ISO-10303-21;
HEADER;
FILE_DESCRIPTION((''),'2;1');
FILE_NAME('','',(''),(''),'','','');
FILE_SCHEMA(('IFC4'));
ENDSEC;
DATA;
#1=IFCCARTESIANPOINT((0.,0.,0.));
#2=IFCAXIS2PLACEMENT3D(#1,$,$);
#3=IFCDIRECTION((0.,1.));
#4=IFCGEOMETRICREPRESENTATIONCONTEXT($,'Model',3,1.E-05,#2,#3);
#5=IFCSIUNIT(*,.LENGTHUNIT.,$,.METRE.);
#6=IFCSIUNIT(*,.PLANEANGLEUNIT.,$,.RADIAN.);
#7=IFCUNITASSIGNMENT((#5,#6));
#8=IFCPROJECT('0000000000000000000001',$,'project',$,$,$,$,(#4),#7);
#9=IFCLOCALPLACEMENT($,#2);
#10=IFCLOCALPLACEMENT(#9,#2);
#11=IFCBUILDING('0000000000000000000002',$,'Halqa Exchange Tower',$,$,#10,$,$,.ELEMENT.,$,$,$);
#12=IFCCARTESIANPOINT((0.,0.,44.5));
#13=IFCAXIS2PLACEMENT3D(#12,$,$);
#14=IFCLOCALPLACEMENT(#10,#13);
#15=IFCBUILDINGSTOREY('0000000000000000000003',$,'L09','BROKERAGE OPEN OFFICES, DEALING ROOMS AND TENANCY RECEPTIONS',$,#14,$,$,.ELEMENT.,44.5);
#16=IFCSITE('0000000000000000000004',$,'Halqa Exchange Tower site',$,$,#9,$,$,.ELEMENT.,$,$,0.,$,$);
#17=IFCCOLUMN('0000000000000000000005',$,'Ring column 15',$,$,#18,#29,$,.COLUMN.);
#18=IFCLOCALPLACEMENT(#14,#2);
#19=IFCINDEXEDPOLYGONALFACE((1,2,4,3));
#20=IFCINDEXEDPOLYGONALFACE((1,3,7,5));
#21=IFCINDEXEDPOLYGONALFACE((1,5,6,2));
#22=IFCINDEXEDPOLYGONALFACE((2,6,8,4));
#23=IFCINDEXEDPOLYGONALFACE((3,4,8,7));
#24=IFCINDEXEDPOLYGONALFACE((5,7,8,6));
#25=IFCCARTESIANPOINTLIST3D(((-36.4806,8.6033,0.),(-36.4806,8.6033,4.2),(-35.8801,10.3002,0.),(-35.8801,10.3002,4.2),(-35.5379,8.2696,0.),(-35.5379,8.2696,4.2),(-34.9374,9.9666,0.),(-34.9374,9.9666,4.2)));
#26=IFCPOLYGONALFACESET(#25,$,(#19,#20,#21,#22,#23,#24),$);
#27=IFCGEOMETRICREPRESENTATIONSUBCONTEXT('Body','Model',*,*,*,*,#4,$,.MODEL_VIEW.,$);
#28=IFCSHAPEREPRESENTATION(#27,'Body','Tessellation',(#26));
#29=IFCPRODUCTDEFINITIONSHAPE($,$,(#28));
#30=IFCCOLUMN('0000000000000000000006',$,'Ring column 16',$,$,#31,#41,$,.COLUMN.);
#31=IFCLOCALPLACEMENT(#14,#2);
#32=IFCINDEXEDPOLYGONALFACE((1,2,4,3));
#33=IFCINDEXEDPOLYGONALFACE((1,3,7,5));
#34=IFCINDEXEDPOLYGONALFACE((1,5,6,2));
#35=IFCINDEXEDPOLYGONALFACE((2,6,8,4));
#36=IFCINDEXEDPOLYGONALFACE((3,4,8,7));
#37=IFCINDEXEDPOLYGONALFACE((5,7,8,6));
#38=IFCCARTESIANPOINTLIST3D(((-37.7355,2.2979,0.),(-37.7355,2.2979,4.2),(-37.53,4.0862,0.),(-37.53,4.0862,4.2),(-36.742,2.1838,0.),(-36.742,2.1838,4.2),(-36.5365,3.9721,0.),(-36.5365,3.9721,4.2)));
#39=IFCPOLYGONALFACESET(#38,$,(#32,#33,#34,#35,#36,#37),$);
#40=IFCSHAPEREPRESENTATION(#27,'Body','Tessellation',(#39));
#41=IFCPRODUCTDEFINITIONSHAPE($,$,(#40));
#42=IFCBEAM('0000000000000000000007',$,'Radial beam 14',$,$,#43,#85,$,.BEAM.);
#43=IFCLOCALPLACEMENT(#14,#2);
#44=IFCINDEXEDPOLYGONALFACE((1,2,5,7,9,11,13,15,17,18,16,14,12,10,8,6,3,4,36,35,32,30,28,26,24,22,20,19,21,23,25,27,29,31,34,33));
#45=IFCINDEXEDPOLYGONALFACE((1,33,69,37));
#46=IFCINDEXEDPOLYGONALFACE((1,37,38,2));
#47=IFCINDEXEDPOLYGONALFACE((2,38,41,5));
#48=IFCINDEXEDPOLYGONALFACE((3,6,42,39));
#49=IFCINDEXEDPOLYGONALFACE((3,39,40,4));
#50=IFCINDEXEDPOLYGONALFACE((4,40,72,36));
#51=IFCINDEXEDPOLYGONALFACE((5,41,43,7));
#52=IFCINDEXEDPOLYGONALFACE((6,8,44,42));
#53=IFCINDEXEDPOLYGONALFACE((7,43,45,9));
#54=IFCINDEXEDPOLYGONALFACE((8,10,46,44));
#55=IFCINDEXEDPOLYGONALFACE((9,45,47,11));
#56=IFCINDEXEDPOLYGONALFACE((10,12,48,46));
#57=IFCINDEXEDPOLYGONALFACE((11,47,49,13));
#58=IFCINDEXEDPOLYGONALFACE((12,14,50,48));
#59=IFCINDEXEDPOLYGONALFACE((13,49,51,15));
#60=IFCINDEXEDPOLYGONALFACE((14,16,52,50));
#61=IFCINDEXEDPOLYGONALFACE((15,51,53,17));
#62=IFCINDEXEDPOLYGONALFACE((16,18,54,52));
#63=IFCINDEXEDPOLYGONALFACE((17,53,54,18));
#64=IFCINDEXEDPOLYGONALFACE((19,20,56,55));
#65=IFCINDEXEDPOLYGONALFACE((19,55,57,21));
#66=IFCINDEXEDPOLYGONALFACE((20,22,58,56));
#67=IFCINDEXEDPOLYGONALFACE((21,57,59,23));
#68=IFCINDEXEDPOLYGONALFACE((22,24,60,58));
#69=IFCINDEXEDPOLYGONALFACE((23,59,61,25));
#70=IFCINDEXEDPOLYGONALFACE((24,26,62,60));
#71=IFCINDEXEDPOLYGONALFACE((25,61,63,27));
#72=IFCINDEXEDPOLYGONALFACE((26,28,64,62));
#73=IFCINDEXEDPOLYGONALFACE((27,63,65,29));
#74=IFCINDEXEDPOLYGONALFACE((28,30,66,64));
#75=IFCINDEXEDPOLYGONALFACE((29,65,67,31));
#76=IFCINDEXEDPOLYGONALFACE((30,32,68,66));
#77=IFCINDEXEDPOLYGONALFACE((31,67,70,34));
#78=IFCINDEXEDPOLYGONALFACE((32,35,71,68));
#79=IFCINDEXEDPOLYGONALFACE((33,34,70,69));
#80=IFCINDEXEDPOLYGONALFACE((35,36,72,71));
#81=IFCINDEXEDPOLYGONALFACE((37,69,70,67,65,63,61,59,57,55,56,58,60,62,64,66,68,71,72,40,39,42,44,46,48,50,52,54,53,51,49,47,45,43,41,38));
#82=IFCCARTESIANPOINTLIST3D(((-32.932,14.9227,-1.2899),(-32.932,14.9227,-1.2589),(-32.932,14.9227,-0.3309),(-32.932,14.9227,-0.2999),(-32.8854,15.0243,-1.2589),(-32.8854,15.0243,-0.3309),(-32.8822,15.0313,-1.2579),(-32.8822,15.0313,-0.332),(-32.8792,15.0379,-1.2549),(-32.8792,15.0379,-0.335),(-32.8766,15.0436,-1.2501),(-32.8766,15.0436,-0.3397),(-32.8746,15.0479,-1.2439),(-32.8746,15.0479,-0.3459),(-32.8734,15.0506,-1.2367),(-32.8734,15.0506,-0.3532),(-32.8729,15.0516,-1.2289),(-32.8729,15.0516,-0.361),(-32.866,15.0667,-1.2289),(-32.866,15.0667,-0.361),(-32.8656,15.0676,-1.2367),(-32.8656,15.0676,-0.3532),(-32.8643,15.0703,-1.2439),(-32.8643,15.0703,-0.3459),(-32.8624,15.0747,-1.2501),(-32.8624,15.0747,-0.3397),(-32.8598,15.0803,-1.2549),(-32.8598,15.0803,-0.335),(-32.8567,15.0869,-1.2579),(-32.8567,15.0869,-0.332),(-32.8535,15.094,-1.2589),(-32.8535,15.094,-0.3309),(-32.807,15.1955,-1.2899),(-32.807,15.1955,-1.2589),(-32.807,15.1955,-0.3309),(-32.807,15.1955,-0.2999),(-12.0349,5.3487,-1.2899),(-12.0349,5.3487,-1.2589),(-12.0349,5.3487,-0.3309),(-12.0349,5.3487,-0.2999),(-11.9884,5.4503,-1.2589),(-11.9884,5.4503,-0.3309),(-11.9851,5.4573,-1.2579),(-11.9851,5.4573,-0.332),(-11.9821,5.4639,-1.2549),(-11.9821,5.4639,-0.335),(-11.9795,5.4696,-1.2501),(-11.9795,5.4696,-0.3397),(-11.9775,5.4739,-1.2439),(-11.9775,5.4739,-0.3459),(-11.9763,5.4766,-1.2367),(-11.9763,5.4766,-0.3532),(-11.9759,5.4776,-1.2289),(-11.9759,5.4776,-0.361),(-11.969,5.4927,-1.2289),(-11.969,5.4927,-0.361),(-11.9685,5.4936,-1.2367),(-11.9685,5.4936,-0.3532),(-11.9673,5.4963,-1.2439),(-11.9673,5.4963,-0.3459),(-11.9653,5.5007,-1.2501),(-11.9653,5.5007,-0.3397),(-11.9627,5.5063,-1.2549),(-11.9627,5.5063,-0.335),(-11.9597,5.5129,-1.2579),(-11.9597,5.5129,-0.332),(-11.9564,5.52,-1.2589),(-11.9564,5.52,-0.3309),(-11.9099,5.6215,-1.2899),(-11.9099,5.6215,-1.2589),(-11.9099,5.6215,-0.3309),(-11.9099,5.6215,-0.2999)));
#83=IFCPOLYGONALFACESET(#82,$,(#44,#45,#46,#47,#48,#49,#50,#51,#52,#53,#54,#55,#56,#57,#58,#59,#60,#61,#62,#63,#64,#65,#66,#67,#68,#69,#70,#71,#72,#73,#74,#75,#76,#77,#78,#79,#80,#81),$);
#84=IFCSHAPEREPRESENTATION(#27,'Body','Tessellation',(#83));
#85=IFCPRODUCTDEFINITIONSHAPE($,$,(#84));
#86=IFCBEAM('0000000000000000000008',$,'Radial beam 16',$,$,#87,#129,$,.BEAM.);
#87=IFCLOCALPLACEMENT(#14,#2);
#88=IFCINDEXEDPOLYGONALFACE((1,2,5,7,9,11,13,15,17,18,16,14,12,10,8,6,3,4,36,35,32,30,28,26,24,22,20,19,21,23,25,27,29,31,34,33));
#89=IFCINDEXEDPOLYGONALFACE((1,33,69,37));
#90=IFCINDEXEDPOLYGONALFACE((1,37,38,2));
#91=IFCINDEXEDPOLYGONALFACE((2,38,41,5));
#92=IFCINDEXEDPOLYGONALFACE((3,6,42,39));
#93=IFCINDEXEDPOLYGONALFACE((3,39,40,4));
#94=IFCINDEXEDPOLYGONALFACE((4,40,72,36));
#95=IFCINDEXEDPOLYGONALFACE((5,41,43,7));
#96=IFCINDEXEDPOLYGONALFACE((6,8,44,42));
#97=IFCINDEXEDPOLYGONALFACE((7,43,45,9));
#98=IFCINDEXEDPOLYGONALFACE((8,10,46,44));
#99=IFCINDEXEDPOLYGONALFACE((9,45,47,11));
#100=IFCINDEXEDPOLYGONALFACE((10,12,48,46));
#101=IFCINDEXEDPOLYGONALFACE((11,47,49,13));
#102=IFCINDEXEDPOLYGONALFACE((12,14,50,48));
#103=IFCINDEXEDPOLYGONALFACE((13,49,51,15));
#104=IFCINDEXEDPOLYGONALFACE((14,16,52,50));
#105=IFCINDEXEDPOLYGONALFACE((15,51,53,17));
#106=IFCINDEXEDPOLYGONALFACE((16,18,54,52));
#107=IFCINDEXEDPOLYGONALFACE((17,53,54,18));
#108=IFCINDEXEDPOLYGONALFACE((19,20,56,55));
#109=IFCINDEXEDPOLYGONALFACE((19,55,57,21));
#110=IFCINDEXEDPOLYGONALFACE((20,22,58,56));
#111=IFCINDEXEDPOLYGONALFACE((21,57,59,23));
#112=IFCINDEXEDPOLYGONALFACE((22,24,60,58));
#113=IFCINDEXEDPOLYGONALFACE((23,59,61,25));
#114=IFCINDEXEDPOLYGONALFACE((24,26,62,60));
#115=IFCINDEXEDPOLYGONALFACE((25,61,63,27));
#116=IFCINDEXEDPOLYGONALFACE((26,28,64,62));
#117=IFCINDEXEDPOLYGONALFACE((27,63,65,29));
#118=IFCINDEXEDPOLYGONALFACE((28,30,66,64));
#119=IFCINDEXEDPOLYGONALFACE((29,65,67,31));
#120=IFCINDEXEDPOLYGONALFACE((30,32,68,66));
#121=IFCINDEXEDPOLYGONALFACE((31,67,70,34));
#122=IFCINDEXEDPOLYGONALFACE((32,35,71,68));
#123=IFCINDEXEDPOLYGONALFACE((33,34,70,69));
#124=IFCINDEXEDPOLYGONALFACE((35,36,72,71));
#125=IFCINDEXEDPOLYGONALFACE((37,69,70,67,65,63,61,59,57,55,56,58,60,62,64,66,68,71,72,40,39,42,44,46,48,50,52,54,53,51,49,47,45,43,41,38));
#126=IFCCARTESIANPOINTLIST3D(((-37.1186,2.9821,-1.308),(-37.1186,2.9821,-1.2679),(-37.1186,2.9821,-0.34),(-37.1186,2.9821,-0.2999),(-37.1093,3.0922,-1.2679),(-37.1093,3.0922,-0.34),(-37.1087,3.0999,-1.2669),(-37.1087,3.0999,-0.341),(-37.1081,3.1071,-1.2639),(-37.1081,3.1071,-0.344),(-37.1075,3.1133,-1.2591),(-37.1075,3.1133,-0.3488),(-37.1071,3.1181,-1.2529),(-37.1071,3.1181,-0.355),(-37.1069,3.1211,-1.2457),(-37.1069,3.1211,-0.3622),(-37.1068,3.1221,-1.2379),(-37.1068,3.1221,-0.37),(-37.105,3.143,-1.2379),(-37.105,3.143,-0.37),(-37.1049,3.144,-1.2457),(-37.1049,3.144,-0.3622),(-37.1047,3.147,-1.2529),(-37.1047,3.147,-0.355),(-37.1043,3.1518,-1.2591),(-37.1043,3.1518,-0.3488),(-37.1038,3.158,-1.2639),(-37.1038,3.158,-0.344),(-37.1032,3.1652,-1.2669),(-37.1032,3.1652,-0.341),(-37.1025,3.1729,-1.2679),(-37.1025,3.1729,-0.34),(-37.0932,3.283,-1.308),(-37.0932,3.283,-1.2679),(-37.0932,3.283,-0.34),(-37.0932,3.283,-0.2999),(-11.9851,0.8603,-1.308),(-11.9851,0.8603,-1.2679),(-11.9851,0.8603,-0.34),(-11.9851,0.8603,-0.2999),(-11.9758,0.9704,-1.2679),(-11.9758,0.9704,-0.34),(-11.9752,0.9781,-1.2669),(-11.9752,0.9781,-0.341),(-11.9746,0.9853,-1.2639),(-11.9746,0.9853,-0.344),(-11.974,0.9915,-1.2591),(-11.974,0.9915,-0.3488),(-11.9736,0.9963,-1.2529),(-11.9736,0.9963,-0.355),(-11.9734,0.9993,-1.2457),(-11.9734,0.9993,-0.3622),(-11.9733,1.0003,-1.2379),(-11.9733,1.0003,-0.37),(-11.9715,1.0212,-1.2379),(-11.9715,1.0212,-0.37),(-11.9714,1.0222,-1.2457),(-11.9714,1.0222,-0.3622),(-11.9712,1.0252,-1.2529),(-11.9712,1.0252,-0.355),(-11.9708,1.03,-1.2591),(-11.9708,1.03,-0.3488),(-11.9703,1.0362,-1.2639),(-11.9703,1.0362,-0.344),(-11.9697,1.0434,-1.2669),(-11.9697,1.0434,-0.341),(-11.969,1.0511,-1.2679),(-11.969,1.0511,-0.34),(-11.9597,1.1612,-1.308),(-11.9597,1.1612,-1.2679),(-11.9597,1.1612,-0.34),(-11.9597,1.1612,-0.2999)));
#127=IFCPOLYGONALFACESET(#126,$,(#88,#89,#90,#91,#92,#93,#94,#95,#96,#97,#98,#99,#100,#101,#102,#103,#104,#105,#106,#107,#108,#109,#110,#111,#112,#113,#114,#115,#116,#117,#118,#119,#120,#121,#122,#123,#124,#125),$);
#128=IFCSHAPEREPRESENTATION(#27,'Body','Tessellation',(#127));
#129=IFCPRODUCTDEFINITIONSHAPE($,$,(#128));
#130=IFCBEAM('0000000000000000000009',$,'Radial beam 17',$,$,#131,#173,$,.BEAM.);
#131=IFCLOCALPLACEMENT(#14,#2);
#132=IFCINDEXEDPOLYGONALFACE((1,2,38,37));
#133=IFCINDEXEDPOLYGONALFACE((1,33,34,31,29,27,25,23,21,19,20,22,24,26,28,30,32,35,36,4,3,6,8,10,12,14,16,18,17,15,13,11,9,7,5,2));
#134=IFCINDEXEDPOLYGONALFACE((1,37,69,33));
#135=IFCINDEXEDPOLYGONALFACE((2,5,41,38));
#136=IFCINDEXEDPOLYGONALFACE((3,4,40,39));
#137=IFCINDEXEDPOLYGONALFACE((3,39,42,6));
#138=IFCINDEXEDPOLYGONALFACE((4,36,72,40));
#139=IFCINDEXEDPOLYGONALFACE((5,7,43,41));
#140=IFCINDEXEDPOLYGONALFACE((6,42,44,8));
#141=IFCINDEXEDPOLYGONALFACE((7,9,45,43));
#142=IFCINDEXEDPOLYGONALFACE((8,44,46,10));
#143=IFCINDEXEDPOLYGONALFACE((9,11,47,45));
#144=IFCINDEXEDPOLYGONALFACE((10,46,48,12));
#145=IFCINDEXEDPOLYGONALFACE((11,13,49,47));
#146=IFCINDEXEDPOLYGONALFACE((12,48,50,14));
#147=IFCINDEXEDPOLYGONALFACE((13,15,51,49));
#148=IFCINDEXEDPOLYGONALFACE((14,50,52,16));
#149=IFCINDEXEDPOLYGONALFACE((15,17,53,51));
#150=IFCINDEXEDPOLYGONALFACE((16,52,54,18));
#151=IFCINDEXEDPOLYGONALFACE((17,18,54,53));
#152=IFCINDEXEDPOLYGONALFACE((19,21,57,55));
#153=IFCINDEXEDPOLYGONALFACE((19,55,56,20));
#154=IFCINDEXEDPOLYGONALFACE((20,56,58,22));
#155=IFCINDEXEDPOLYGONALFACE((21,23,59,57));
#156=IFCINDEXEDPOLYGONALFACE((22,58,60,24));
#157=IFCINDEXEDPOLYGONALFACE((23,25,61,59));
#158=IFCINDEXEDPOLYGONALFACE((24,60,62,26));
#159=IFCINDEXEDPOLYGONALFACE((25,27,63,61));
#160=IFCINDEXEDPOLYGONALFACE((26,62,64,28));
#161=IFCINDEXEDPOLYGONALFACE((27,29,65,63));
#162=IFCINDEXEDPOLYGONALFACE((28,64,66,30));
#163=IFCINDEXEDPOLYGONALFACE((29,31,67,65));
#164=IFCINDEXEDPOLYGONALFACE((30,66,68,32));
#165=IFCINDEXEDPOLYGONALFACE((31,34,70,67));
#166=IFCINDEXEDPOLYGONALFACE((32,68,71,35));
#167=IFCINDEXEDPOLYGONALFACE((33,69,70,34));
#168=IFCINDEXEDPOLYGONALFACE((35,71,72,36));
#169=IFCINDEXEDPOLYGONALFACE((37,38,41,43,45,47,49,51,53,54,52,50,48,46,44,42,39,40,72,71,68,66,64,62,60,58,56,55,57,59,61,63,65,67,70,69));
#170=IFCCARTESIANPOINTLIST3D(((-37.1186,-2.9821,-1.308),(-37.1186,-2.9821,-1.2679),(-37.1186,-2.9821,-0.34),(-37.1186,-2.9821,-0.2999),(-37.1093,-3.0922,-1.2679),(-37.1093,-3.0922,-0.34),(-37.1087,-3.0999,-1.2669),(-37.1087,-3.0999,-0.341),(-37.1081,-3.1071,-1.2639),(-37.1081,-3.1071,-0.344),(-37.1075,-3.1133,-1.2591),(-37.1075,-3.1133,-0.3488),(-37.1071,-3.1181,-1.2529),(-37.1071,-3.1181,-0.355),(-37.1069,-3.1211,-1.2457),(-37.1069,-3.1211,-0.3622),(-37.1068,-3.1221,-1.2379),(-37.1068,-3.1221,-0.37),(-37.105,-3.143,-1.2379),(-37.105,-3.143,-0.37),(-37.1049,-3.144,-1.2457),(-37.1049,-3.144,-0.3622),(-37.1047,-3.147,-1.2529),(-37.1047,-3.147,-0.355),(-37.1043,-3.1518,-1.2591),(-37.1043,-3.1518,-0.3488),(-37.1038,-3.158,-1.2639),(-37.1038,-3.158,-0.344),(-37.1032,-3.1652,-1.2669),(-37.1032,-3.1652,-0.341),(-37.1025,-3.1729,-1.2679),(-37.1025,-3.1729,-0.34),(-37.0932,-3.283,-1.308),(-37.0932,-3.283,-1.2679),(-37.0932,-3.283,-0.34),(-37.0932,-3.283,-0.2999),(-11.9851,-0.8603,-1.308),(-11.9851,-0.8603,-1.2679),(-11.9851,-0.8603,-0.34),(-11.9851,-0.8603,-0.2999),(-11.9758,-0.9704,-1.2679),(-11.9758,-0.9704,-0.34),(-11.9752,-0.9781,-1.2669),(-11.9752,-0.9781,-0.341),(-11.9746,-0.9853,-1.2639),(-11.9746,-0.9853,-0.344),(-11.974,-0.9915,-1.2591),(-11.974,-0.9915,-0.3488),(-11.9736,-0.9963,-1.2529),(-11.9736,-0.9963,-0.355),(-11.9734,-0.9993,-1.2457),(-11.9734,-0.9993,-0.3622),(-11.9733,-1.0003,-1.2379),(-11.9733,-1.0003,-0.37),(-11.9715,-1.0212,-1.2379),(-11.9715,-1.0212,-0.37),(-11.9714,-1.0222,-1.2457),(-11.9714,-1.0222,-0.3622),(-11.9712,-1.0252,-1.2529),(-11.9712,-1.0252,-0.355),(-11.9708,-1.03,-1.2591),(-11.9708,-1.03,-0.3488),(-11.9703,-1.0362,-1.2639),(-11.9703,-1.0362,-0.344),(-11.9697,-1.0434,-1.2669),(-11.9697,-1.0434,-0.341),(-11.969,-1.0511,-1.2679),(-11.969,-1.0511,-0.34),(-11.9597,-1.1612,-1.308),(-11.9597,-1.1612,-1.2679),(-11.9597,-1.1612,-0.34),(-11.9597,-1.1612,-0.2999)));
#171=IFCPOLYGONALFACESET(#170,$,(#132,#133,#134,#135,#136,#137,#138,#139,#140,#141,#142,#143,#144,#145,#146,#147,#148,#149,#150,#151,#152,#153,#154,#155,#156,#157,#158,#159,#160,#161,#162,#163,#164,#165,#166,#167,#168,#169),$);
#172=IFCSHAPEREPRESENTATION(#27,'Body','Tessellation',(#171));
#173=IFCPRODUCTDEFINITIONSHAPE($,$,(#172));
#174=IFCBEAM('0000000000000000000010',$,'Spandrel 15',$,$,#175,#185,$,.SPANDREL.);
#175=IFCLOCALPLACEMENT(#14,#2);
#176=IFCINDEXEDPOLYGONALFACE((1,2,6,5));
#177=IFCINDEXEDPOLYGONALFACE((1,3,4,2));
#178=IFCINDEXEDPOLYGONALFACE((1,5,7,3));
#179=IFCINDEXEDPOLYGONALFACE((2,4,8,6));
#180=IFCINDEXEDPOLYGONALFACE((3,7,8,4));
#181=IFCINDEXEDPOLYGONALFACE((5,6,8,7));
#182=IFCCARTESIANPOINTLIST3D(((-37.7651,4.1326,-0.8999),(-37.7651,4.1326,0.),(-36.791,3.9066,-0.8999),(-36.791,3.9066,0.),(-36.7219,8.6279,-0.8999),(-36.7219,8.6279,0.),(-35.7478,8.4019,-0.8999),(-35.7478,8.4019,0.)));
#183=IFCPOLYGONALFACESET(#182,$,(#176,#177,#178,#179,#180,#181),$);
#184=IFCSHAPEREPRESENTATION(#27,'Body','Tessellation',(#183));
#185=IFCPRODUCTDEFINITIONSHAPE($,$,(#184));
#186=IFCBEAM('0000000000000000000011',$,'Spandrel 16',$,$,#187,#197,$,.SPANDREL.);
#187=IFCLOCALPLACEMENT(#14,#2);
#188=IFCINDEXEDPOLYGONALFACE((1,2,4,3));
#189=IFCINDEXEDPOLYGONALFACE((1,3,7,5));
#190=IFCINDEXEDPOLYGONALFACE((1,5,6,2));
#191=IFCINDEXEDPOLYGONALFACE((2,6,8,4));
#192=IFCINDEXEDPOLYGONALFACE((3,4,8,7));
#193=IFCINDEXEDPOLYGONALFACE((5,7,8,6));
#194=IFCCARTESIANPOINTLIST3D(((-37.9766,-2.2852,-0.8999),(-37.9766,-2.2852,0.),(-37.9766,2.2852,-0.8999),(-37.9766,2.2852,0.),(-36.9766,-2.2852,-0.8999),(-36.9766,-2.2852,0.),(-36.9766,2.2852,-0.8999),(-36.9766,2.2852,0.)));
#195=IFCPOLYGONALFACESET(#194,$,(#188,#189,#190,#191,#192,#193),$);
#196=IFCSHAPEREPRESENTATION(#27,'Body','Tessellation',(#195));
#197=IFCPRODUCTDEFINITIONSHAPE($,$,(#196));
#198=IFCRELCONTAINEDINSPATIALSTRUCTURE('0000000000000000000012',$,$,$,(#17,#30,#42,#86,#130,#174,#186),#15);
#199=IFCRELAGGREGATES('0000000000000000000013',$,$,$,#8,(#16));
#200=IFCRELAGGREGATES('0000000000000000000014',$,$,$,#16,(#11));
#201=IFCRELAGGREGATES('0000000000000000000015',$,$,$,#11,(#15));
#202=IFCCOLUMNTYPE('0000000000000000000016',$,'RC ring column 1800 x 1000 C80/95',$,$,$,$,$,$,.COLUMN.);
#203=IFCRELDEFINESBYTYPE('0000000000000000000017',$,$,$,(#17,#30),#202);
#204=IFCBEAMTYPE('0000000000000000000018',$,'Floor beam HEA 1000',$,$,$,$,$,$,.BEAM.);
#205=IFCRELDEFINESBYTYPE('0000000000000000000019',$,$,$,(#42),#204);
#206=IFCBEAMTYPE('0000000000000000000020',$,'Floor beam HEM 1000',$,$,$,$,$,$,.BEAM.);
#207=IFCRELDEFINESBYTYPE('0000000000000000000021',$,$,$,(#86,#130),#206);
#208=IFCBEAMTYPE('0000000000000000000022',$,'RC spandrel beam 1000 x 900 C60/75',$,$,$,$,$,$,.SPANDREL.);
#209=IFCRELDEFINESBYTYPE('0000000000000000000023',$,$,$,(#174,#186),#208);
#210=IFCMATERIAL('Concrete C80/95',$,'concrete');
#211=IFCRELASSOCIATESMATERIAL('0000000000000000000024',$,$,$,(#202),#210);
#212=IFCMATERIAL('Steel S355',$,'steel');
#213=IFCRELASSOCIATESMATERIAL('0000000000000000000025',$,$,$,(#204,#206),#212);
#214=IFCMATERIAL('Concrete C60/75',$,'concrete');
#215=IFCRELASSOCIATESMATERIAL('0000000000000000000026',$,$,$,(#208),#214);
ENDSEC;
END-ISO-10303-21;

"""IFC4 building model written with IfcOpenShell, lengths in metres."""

from ifc_helpers import new_model, si_unit, direction, frame, origin, origin_2d, place, context, subcontext, project, spatial, rectangle, i_section, extrude, material, material_profile, profile_set, type_object, element, save


model = new_model("IFC4")

# Units and contexts
model_context = context("Model", 3, precision=1e-05, world=origin(), true_north=direction((0.0, 1.0)))
body_context = subcontext(model_context, "Body", "Model", "MODEL_VIEW")
ifc_project = project(units=[si_unit("LENGTHUNIT", "METRE"), si_unit("PLANEANGLEUNIT", "RADIAN")], contexts=[model_context])

# Site, building, storey
site_placement = place(None, origin())
site = spatial("IfcSite", under=ifc_project, at=site_placement, Name="Halqa Exchange Tower site", CompositionType="ELEMENT", RefElevation=0.0)
building_placement = place(site_placement, origin())
building = spatial("IfcBuilding", under=site, at=building_placement, Name="Halqa Exchange Tower", CompositionType="ELEMENT")
storey_placement = place(building_placement, frame((0.0, 0.0, 44.5)))
storey = spatial("IfcBuildingStorey", under=building, at=storey_placement, Name="L09", Description="BROKERAGE OPEN OFFICES, DEALING ROOMS AND TENANCY RECEPTIONS", CompositionType="ELEMENT", Elevation=44.5)

# Columns
ifc_material_1 = material(Name="Concrete C80/95", Category="concrete")
ifc_material_profile_1 = material_profile(ifc_material_1, rectangle(XDim=1.8, YDim=1.0, at=origin_2d()), Name="1800 x 1000")
ifc_profile_set_1 = profile_set([ifc_material_profile_1], Name="Concrete C80/95")
column_type = type_object("IfcColumnType", Name="RC ring column 1800 x 1000 C80/95", PredefinedType="COLUMN", material=ifc_profile_set_1)
for number, where, z_axis, x_axis, name in (
    (1, (-35.709, 9.2849, 0.0), (0.0, 0.0, 1.0), (-0.333628, -0.942705, 0.0), "Ring column 15"),
    (2, (-37.136, 3.135, 0.0), (0.0, 0.0, 1.0), (-0.114153, -0.993463, 0.0), "Ring column 16"),
):
    element("IfcColumn", number, at=place(storey_placement, frame(where, z_axis=z_axis, x_axis=x_axis)), inside=storey, type_object=column_type, Name=name, PredefinedType="COLUMN", context=body_context, shape_type="SweptSolid", body=[
        extrude(rectangle(XDim=1.8, YDim=1.0, at=origin_2d()), origin(), (0.0, 0.0, 1.0), 4.2),
    ])

# Beams
ifc_material_2 = material(Name="Steel S355", Category="steel")
ifc_material_profile_2 = material_profile(ifc_material_2, i_section(OverallWidth=0.3, OverallDepth=0.99, WebThickness=0.0166, FlangeThickness=0.031, FilletRadius=0.03, at=origin_2d()), Name="HEA 1000")
ifc_profile_set_2 = profile_set([ifc_material_profile_2], Name="Steel S355")
beam_type_1 = type_object("IfcBeamType", Name="Floor beam HEA 1000", PredefinedType="BEAM", material=ifc_profile_set_2)
beam_1_placement = place(storey_placement, frame((-11.9724, 5.4851, -0.7949), z_axis=(-0.909128, 0.416518, 0.0), x_axis=(-0.416518, -0.909128, 0.0)))
element("IfcBeam", 3, at=beam_1_placement, inside=storey, type_object=beam_type_1, Name="Radial beam 14", PredefinedType="BEAM", context=body_context, shape_type="SweptSolid", body=[
    extrude(i_section(OverallWidth=0.3, OverallDepth=0.99, WebThickness=0.0166, FlangeThickness=0.031, FilletRadius=0.03, at=origin_2d()), origin(), (0.0, 0.0, 1.0), 22.9858),
])
ifc_material_profile_3 = material_profile(ifc_material_2, i_section(OverallWidth=0.302, OverallDepth=1.0081, WebThickness=0.021, FlangeThickness=0.04, FilletRadius=0.03, at=origin_2d()), Name="HEM 1000")
ifc_profile_set_3 = profile_set([ifc_material_profile_3], Name="Steel S355")
beam_type_2 = type_object("IfcBeamType", Name="Floor beam HEM 1000", PredefinedType="BEAM", material=ifc_profile_set_3)
for number, where, z_axis, x_axis, name in (
    (4, (-11.9724, 1.0107, -0.804), (-0.996455, 0.084123, 0.0), (-0.084123, -0.996455, 0.0), "Radial beam 16"),
    (5, (-11.9724, -1.0107, -0.804), (-0.996455, -0.084123, 0.0), (0.084123, -0.996455, 0.0), "Radial beam 17"),
):
    element("IfcBeam", number, at=place(storey_placement, frame(where, z_axis=z_axis, x_axis=x_axis)), inside=storey, type_object=beam_type_2, Name=name, PredefinedType="BEAM", context=body_context, shape_type="SweptSolid", body=[
        extrude(i_section(OverallWidth=0.302, OverallDepth=1.0081, WebThickness=0.021, FlangeThickness=0.04, FilletRadius=0.03, at=origin_2d()), origin(), (0.0, 0.0, 1.0), 25.2229),
    ])
ifc_material_3 = material(Name="Concrete C60/75", Category="concrete")
ifc_material_profile_4 = material_profile(ifc_material_3, rectangle(XDim=1.0, YDim=0.8999, at=origin_2d()), Name="1000 x 900")
ifc_profile_set_4 = profile_set([ifc_material_profile_4], Name="Concrete C60/75")
beam_type_3 = type_object("IfcBeamType", Name="RC spandrel beam 1000 x 900 C60/75", PredefinedType="SPANDREL", material=ifc_profile_set_4)
beam_2_placement = place(storey_placement, frame((-36.2349, 8.5149, -0.45), z_axis=(-0.226057, -0.974114, 0.0), x_axis=(0.974114, -0.226057, 0.0)))
element("IfcBeam", 6, at=beam_2_placement, inside=storey, type_object=beam_type_3, Name="Spandrel 15", PredefinedType="SPANDREL", context=body_context, shape_type="SweptSolid", body=[
    extrude(rectangle(XDim=1.0, YDim=0.8999, at=origin_2d()), origin(), (0.0, 0.0, 1.0), 4.6147),
])
beam_3_placement = place(storey_placement, frame((-37.4766, 2.2852, -0.45), z_axis=(0.0, -1.0, 0.0), x_axis=(1.0, 0.0, 0.0)))
element("IfcBeam", 7, at=beam_3_placement, inside=storey, type_object=beam_type_3, Name="Spandrel 16", PredefinedType="SPANDREL", context=body_context, shape_type="SweptSolid", body=[
    extrude(rectangle(XDim=1.0, YDim=0.8999, at=origin_2d()), origin(), (0.0, 0.0, 1.0), 4.5703),
])

save(model, "model.ifc")
